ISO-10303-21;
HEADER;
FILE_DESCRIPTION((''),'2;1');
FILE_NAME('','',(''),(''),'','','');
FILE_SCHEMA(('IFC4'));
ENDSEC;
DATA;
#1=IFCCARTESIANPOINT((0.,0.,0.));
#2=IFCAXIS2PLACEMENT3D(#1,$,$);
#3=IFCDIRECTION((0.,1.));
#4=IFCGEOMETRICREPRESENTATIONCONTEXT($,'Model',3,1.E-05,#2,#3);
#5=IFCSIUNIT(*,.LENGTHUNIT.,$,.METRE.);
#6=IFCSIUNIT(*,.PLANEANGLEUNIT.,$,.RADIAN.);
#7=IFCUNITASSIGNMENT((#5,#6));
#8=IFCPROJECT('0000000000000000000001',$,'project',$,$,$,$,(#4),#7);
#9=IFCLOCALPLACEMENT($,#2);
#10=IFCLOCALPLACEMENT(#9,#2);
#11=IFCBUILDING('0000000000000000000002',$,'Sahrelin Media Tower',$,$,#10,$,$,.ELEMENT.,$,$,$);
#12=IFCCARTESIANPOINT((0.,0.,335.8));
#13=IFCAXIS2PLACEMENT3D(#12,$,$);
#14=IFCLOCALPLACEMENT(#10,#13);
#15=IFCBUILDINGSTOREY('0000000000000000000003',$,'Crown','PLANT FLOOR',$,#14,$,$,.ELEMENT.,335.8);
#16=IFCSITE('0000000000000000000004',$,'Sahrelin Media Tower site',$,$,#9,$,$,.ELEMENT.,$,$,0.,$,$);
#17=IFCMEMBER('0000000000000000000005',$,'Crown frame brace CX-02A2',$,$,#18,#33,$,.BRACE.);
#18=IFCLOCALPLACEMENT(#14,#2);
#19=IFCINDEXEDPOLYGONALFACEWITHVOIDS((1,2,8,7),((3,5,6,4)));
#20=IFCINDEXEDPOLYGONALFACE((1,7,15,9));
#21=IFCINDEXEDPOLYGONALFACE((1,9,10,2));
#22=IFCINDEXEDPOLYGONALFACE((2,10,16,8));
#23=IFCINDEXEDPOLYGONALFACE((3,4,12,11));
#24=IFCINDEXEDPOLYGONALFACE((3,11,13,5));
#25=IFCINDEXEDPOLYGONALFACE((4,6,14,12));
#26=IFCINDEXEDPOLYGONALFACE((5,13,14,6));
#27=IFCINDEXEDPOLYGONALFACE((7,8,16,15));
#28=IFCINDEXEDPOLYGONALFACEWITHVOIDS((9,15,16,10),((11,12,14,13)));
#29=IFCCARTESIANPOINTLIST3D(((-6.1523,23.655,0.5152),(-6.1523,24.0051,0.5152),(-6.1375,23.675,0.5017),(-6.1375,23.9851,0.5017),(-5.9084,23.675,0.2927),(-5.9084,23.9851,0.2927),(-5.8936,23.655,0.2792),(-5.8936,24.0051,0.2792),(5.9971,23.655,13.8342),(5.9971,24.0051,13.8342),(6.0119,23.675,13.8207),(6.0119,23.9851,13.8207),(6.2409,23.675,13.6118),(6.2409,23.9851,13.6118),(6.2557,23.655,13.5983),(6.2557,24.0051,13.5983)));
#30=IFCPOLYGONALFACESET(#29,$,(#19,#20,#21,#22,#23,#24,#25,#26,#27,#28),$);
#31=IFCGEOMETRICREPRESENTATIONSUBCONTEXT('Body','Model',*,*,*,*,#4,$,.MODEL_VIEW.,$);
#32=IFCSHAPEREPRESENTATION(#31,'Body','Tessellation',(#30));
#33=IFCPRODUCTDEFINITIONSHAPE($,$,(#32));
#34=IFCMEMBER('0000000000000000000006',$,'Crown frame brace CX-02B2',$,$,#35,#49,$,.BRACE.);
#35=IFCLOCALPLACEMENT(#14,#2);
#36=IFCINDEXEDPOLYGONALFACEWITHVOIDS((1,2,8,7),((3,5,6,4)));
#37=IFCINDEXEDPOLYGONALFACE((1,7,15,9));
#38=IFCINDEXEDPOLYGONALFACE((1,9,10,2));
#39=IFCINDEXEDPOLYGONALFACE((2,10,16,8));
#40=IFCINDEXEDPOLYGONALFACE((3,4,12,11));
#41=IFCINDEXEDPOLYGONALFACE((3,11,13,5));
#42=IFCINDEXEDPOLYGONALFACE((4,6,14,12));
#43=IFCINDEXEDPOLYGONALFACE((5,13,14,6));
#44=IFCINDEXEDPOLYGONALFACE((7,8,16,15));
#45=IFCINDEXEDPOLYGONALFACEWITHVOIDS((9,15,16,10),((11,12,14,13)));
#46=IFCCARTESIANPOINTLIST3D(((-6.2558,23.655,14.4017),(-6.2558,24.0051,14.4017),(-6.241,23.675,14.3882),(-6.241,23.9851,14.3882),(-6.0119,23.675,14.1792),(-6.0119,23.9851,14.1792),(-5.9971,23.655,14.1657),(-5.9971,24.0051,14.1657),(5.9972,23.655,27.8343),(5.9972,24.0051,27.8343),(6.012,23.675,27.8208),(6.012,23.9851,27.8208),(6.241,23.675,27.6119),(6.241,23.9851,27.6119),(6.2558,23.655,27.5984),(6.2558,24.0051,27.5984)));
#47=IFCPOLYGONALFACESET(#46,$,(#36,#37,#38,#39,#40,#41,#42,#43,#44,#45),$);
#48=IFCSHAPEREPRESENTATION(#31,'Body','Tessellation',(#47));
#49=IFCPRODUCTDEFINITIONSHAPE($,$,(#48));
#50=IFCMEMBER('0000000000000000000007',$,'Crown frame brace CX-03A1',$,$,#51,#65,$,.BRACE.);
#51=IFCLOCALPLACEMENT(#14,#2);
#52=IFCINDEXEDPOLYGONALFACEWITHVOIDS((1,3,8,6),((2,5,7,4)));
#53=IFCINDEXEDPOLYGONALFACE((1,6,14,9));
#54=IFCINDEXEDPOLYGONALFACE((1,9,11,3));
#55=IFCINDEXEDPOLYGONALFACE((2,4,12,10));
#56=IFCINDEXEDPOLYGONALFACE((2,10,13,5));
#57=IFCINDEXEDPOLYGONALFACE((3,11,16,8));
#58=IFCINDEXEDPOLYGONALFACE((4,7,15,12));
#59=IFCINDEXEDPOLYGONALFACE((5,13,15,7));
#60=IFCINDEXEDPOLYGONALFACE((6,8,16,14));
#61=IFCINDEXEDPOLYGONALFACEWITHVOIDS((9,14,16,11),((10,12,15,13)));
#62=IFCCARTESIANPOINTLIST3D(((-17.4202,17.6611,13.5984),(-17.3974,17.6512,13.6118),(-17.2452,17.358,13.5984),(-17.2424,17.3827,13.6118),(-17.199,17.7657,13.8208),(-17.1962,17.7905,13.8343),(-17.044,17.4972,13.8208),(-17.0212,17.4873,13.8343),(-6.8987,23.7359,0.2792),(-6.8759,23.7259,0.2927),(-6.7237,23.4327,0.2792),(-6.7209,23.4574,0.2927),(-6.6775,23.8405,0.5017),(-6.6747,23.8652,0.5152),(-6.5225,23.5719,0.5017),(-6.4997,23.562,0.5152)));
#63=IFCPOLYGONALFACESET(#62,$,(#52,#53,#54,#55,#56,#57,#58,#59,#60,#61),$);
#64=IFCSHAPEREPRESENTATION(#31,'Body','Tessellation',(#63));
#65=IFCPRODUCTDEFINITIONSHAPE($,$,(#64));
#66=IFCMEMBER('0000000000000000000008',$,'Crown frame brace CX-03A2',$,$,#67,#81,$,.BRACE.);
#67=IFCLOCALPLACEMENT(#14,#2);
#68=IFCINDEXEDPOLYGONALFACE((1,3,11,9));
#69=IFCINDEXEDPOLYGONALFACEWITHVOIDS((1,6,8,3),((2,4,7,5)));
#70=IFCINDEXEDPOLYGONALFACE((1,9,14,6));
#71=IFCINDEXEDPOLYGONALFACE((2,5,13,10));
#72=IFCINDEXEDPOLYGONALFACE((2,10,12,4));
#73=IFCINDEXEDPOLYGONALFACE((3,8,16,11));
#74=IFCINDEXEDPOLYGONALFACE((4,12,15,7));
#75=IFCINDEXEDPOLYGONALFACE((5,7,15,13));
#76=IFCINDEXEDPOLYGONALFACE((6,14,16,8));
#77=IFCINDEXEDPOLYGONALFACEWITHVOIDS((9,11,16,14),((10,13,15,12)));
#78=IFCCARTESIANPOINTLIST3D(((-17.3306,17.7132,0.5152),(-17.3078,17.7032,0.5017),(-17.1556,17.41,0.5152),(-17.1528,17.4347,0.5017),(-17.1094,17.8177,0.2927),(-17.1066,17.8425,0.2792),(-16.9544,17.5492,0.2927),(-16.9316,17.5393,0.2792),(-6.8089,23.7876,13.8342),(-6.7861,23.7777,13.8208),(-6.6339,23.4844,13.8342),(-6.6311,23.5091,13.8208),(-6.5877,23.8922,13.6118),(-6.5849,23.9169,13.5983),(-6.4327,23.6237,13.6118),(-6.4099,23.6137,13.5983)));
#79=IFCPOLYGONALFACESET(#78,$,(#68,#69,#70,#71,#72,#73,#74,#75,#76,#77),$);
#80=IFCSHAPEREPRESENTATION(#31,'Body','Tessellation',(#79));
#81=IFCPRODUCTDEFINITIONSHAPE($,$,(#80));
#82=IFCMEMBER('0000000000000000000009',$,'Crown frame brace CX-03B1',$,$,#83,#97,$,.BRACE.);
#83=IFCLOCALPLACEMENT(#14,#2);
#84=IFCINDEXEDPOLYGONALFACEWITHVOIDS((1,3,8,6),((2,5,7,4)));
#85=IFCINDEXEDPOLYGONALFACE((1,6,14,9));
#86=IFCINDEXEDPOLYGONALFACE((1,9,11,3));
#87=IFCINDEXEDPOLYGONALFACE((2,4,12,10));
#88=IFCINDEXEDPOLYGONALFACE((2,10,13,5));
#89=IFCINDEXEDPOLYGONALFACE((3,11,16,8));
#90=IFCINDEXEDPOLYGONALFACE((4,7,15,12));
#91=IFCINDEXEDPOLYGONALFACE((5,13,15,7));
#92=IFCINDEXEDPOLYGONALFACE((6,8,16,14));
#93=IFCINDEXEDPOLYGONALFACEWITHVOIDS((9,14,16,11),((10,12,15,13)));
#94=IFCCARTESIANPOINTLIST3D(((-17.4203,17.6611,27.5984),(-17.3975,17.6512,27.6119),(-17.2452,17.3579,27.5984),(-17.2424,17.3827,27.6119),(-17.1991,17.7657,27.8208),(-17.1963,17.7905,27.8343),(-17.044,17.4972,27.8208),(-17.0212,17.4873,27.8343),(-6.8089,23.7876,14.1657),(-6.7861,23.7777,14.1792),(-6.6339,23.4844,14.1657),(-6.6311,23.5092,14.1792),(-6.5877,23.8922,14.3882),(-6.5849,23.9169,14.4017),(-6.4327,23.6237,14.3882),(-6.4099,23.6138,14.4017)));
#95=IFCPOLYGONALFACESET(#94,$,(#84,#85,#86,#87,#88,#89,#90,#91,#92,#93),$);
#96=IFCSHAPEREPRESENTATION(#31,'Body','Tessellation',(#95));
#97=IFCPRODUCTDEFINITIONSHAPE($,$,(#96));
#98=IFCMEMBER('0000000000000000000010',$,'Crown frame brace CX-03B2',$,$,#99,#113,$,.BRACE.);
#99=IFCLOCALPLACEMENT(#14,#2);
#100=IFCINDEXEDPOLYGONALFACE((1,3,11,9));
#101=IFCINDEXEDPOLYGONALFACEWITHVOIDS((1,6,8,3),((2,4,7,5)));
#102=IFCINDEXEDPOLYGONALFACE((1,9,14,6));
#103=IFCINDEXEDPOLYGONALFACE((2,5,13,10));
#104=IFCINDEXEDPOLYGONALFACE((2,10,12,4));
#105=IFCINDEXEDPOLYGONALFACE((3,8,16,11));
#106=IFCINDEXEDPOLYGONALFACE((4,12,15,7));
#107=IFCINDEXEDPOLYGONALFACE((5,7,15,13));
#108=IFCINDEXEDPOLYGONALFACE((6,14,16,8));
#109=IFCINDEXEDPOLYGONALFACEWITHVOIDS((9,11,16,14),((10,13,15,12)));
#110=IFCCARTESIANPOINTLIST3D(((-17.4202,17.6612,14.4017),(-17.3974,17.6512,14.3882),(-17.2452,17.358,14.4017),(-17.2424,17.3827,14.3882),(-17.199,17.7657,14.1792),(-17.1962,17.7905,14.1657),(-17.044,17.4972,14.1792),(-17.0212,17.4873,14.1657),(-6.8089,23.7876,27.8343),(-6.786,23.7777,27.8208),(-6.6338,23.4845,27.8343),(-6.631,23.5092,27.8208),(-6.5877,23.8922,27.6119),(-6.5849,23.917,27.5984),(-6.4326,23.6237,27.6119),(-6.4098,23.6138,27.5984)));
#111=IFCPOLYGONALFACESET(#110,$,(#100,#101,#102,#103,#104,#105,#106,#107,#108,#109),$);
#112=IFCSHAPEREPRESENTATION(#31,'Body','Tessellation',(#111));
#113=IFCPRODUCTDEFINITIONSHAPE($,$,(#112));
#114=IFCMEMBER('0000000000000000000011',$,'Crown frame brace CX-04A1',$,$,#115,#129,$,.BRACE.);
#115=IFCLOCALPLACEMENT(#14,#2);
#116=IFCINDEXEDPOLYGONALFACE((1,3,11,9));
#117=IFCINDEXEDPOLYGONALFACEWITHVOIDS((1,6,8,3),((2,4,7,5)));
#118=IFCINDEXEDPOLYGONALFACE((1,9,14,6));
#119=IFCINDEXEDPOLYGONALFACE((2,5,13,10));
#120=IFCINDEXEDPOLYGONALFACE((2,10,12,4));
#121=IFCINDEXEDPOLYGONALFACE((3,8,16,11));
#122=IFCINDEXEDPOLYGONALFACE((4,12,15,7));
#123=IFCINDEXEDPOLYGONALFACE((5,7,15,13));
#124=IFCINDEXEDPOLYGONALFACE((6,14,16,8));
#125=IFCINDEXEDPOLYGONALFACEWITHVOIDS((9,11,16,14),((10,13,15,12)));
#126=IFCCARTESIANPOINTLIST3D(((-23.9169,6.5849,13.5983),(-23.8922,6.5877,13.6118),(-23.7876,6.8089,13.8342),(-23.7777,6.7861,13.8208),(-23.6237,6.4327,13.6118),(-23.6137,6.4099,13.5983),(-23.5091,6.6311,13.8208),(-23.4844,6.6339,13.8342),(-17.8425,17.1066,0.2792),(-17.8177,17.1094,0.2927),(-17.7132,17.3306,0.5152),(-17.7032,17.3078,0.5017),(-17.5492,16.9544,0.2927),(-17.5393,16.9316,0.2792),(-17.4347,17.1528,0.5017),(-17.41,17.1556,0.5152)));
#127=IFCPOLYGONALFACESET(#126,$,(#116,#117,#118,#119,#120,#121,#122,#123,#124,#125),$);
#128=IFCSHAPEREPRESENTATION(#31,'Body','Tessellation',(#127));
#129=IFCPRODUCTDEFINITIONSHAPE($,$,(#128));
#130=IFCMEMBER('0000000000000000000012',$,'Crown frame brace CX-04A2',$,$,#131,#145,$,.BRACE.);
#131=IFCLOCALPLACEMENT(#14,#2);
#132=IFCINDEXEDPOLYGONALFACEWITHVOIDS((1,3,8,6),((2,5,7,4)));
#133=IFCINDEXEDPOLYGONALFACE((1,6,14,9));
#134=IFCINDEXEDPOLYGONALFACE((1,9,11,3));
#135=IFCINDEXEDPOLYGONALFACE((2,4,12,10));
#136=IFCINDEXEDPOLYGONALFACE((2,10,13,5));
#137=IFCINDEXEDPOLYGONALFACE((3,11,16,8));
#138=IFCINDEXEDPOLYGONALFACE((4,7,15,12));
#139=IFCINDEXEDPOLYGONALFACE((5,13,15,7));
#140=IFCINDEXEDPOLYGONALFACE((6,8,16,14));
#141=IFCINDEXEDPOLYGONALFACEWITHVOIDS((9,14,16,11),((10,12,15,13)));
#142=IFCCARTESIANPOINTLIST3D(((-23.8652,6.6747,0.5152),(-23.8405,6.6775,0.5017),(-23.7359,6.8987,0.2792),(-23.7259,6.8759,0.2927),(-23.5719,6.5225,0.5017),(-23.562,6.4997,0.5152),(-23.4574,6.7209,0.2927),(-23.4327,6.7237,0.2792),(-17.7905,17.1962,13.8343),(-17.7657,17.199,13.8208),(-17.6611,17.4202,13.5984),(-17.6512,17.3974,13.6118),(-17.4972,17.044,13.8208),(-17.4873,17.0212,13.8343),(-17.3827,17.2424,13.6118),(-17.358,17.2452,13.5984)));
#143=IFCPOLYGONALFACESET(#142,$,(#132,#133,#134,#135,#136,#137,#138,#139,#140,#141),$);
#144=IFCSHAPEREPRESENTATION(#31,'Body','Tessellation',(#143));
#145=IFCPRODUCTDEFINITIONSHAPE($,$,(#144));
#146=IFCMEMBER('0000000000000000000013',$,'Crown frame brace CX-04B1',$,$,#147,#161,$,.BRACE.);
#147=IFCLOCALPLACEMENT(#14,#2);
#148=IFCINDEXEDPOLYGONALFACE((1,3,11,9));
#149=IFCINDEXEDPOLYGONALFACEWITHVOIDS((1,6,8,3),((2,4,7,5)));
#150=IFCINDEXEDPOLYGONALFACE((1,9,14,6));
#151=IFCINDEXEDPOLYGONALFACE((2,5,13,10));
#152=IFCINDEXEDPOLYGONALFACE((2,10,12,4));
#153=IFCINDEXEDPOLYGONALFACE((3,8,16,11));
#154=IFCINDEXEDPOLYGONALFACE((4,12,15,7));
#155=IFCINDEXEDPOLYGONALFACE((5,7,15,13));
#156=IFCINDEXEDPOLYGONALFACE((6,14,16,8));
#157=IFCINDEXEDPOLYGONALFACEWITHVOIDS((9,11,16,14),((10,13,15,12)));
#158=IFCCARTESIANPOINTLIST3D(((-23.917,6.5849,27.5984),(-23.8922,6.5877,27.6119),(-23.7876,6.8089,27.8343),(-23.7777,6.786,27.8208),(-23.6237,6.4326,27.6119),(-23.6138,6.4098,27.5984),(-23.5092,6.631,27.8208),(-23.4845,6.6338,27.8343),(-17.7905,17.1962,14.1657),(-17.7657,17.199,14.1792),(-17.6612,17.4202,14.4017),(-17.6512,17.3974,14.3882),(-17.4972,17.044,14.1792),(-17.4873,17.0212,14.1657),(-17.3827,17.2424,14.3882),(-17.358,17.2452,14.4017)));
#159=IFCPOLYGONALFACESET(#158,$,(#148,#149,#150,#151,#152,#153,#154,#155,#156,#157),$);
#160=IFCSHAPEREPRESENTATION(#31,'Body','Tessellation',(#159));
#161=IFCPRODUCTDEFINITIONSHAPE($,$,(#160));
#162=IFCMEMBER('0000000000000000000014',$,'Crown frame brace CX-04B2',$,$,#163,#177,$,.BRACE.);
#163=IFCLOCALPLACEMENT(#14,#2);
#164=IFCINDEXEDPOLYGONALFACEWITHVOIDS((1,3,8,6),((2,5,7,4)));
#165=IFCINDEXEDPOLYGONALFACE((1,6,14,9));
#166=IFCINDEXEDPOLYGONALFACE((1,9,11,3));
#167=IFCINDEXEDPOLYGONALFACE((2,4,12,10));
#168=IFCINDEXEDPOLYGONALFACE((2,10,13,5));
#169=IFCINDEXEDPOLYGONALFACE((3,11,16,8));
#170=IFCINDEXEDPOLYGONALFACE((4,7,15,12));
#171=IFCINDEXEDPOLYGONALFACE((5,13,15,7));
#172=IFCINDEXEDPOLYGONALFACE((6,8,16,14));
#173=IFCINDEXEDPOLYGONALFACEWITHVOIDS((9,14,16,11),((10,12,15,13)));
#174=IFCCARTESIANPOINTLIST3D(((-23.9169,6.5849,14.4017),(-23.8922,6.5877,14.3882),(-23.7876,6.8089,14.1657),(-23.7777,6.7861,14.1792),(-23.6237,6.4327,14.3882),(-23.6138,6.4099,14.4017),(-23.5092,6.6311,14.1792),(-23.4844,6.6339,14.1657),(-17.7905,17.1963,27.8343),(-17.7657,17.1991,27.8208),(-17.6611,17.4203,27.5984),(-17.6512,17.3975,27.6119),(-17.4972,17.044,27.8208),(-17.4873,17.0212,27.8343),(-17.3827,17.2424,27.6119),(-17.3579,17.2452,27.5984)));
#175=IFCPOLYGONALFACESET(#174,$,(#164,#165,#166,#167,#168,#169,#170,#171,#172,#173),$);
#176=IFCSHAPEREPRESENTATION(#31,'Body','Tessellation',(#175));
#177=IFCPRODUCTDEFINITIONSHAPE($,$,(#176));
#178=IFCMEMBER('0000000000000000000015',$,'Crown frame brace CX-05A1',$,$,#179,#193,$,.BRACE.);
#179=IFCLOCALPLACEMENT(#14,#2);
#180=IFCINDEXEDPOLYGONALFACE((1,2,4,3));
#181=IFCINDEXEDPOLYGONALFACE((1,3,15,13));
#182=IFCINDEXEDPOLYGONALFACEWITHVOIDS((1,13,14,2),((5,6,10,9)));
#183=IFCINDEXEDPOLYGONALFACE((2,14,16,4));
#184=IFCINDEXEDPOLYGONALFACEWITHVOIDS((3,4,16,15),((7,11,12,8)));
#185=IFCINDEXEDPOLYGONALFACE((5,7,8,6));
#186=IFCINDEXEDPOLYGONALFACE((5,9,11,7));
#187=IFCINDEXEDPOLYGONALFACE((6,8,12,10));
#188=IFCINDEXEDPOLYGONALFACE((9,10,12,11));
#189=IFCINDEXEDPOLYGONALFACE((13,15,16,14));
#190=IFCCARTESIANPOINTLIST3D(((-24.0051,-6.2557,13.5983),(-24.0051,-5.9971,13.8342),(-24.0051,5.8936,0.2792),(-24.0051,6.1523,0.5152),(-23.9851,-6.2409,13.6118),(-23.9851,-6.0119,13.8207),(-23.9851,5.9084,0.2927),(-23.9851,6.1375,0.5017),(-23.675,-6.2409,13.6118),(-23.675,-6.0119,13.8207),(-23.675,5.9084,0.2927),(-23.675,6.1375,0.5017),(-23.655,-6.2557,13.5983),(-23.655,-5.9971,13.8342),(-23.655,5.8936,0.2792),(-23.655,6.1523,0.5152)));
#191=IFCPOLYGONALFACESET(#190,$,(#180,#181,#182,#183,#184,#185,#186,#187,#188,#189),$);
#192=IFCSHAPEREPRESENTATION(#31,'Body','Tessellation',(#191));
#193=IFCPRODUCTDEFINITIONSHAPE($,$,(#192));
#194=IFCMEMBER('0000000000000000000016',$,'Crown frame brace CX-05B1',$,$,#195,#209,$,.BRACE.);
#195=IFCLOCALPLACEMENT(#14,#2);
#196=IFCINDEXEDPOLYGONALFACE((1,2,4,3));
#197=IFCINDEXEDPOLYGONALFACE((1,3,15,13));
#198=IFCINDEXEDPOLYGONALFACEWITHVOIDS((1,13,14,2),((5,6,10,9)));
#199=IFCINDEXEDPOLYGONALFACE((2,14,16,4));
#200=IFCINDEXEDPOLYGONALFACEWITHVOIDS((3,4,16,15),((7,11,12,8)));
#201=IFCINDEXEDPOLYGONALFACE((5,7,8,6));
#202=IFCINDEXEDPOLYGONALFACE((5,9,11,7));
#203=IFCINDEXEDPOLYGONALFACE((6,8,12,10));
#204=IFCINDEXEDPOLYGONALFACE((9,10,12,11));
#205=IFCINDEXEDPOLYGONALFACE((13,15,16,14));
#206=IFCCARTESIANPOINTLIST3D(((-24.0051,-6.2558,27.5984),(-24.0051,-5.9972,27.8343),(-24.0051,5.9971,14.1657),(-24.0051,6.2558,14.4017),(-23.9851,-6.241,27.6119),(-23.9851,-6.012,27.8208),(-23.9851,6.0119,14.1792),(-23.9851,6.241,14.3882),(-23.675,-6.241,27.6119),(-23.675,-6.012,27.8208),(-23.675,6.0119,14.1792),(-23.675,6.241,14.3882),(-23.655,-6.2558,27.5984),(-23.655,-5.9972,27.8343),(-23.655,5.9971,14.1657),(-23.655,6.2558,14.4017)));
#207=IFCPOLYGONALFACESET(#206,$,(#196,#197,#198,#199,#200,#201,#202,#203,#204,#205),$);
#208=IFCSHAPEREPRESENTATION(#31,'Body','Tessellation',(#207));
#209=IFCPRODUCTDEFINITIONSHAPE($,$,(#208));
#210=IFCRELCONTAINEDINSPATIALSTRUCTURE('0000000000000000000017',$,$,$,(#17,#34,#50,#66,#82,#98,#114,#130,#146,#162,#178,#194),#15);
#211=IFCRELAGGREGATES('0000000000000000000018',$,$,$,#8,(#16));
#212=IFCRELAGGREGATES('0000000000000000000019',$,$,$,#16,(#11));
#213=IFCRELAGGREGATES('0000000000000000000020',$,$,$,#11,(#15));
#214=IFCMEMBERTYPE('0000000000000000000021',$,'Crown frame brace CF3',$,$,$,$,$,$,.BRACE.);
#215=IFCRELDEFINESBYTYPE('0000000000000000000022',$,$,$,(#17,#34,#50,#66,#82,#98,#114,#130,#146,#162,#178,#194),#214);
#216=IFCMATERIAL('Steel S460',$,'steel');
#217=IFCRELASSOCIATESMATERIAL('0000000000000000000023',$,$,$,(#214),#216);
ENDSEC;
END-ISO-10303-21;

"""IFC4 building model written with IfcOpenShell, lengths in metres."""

from ifc_helpers import new_model, si_unit, direction, frame, origin, origin_2d, place, context, subcontext, project, spatial, hollow_rectangle, extrude, material, material_profile, profile_set, type_object, element, save


model = new_model("IFC4")

# Units and contexts
model_context = context("Model", 3, precision=1e-05, world=origin(), true_north=direction((0.0, 1.0)))
body_context = subcontext(model_context, "Body", "Model", "MODEL_VIEW")
ifc_project = project(units=[si_unit("LENGTHUNIT", "METRE"), si_unit("PLANEANGLEUNIT", "RADIAN")], contexts=[model_context])

# Site, building, storey
site_placement = place(None, origin())
site = spatial("IfcSite", under=ifc_project, at=site_placement, Name="Sahrelin Media Tower site", CompositionType="ELEMENT", RefElevation=0.0)
building_placement = place(site_placement, origin())
building = spatial("IfcBuilding", under=site, at=building_placement, Name="Sahrelin Media Tower", CompositionType="ELEMENT")
storey_placement = place(building_placement, frame((0.0, 0.0, 335.8)))
storey = spatial("IfcBuildingStorey", under=building, at=storey_placement, Name="Crown", Description="PLANT FLOOR", CompositionType="ELEMENT", Elevation=335.8)

# Members
ifc_material_1 = material(Name="Steel S460", Category="steel")
ifc_material_profile_1 = material_profile(ifc_material_1, hollow_rectangle(XDim=0.3501, YDim=0.3501, WallThickness=0.02, at=origin_2d()), Name="Crown frame brace CF3")
ifc_profile_set_1 = profile_set([ifc_material_profile_1], Name="Steel S460")
member_type_1 = type_object("IfcMemberType", Name="Crown frame brace CF3", PredefinedType="BRACE", material=ifc_profile_set_1)
member_1_placement = place(storey_placement, frame((-6.0229, 23.8301, 0.3972), z_axis=(0.673922, 0.0, 0.738803), x_axis=(0.0, 1.0, 0.0)))
element("IfcMember", 1, at=member_1_placement, inside=storey, type_object=member_type_1, Name="Crown frame brace CX-02A2", PredefinedType="BRACE", context=body_context, shape_type="SweptSolid", body=[
    extrude(hollow_rectangle(XDim=0.3501, YDim=0.3501, WallThickness=0.02, at=origin_2d()), origin(), (0.0, 0.0, 1.0), 18.0278),
])
member_2_placement = place(storey_placement, frame((-6.1265, 23.8301, 14.2837), z_axis=(0.67392, 0.0, 0.738804), x_axis=(0.0, 1.0, 0.0)))
element("IfcMember", 2, at=member_2_placement, inside=storey, type_object=member_type_1, Name="Crown frame brace CX-02B2", PredefinedType="BRACE", context=body_context, shape_type="SweptSolid", body=[
    extrude(hollow_rectangle(XDim=0.3501, YDim=0.3501, WallThickness=0.02, at=origin_2d()), origin(), (0.0, 0.0, 1.0), 18.1816),
])
for number, where, z_axis, x_axis, name in (
    (3, (-6.6992, 23.6489, 0.3972), (-0.583625, -0.336963, 0.738808), (0.500008, -0.866021, 0.0), "Crown frame brace CX-03A1"),
    (4, (-17.1311, 17.6262, 0.3972), (0.583637, 0.336948, 0.738806), (-0.499984, 0.866035, 0.0), "Crown frame brace CX-03A2"),
):
    element("IfcMember", number, at=place(storey_placement, frame(where, z_axis=z_axis, x_axis=x_axis)), inside=storey, type_object=member_type_1, Name=name, PredefinedType="BRACE", context=body_context, shape_type="SweptSolid", body=[
        extrude(hollow_rectangle(XDim=0.3501, YDim=0.3501, WallThickness=0.02, at=origin_2d()), origin(), (0.0, 0.0, 1.0), 18.0278),
    ])
for number, where, z_axis, x_axis, name in (
    (5, (-6.6094, 23.7007, 14.2837), (-0.583631, -0.33696, 0.738805), (0.500001, -0.866025, 0.0), "Crown frame brace CX-03B1"),
    (6, (-17.2207, 17.5742, 14.2837), (0.583631, 0.33696, 0.738805), (-0.500001, 0.866025, 0.0), "Crown frame brace CX-03B2"),
):
    element("IfcMember", number, at=place(storey_placement, frame(where, z_axis=z_axis, x_axis=x_axis)), inside=storey, type_object=member_type_1, Name=name, PredefinedType="BRACE", context=body_context, shape_type="SweptSolid", body=[
        extrude(hollow_rectangle(XDim=0.3501, YDim=0.3501, WallThickness=0.02, at=origin_2d()), origin(), (0.0, 0.0, 1.0), 18.1816),
    ])
for number, where, z_axis, x_axis, name in (
    (7, (-17.6262, 17.1311, 0.3972), (-0.336948, -0.583637, 0.738806), (0.866035, -0.499984, 0.0), "Crown frame brace CX-04A1"),
    (8, (-23.6489, 6.6992, 0.3972), (0.336963, 0.583625, 0.738808), (-0.866021, 0.500008, 0.0), "Crown frame brace CX-04A2"),
):
    element("IfcMember", number, at=place(storey_placement, frame(where, z_axis=z_axis, x_axis=x_axis)), inside=storey, type_object=member_type_1, Name=name, PredefinedType="BRACE", context=body_context, shape_type="SweptSolid", body=[
        extrude(hollow_rectangle(XDim=0.3501, YDim=0.3501, WallThickness=0.02, at=origin_2d()), origin(), (0.0, 0.0, 1.0), 18.0278),
    ])
for number, where, z_axis, x_axis, name in (
    (9, (-17.5742, 17.2207, 14.2837), (-0.33696, -0.583631, 0.738805), (0.866025, -0.500001, 0.0), "Crown frame brace CX-04B1"),
    (10, (-23.7007, 6.6094, 14.2837), (0.33696, 0.583631, 0.738805), (-0.866025, 0.500001, 0.0), "Crown frame brace CX-04B2"),
):
    element("IfcMember", number, at=place(storey_placement, frame(where, z_axis=z_axis, x_axis=x_axis)), inside=storey, type_object=member_type_1, Name=name, PredefinedType="BRACE", context=body_context, shape_type="SweptSolid", body=[
        extrude(hollow_rectangle(XDim=0.3501, YDim=0.3501, WallThickness=0.02, at=origin_2d()), origin(), (0.0, 0.0, 1.0), 18.1816),
    ])
member_3_placement = place(storey_placement, frame((-23.8301, 6.0229, 0.3972), z_axis=(0.0, -0.673922, 0.738803), x_axis=(1.0, 0.0, 0.0)))
element("IfcMember", 11, at=member_3_placement, inside=storey, type_object=member_type_1, Name="Crown frame brace CX-05A1", PredefinedType="BRACE", context=body_context, shape_type="SweptSolid", body=[
    extrude(hollow_rectangle(XDim=0.3501, YDim=0.3501, WallThickness=0.02, at=origin_2d()), origin(), (0.0, 0.0, 1.0), 18.0278),
])
member_4_placement = place(storey_placement, frame((-23.8301, 6.1265, 14.2837), z_axis=(0.0, -0.67392, 0.738804), x_axis=(1.0, 0.0, 0.0)))
element("IfcMember", 12, at=member_4_placement, inside=storey, type_object=member_type_1, Name="Crown frame brace CX-05B1", PredefinedType="BRACE", context=body_context, shape_type="SweptSolid", body=[
    extrude(hollow_rectangle(XDim=0.3501, YDim=0.3501, WallThickness=0.02, at=origin_2d()), origin(), (0.0, 0.0, 1.0), 18.1816),
])

save(model, "model.ifc")
